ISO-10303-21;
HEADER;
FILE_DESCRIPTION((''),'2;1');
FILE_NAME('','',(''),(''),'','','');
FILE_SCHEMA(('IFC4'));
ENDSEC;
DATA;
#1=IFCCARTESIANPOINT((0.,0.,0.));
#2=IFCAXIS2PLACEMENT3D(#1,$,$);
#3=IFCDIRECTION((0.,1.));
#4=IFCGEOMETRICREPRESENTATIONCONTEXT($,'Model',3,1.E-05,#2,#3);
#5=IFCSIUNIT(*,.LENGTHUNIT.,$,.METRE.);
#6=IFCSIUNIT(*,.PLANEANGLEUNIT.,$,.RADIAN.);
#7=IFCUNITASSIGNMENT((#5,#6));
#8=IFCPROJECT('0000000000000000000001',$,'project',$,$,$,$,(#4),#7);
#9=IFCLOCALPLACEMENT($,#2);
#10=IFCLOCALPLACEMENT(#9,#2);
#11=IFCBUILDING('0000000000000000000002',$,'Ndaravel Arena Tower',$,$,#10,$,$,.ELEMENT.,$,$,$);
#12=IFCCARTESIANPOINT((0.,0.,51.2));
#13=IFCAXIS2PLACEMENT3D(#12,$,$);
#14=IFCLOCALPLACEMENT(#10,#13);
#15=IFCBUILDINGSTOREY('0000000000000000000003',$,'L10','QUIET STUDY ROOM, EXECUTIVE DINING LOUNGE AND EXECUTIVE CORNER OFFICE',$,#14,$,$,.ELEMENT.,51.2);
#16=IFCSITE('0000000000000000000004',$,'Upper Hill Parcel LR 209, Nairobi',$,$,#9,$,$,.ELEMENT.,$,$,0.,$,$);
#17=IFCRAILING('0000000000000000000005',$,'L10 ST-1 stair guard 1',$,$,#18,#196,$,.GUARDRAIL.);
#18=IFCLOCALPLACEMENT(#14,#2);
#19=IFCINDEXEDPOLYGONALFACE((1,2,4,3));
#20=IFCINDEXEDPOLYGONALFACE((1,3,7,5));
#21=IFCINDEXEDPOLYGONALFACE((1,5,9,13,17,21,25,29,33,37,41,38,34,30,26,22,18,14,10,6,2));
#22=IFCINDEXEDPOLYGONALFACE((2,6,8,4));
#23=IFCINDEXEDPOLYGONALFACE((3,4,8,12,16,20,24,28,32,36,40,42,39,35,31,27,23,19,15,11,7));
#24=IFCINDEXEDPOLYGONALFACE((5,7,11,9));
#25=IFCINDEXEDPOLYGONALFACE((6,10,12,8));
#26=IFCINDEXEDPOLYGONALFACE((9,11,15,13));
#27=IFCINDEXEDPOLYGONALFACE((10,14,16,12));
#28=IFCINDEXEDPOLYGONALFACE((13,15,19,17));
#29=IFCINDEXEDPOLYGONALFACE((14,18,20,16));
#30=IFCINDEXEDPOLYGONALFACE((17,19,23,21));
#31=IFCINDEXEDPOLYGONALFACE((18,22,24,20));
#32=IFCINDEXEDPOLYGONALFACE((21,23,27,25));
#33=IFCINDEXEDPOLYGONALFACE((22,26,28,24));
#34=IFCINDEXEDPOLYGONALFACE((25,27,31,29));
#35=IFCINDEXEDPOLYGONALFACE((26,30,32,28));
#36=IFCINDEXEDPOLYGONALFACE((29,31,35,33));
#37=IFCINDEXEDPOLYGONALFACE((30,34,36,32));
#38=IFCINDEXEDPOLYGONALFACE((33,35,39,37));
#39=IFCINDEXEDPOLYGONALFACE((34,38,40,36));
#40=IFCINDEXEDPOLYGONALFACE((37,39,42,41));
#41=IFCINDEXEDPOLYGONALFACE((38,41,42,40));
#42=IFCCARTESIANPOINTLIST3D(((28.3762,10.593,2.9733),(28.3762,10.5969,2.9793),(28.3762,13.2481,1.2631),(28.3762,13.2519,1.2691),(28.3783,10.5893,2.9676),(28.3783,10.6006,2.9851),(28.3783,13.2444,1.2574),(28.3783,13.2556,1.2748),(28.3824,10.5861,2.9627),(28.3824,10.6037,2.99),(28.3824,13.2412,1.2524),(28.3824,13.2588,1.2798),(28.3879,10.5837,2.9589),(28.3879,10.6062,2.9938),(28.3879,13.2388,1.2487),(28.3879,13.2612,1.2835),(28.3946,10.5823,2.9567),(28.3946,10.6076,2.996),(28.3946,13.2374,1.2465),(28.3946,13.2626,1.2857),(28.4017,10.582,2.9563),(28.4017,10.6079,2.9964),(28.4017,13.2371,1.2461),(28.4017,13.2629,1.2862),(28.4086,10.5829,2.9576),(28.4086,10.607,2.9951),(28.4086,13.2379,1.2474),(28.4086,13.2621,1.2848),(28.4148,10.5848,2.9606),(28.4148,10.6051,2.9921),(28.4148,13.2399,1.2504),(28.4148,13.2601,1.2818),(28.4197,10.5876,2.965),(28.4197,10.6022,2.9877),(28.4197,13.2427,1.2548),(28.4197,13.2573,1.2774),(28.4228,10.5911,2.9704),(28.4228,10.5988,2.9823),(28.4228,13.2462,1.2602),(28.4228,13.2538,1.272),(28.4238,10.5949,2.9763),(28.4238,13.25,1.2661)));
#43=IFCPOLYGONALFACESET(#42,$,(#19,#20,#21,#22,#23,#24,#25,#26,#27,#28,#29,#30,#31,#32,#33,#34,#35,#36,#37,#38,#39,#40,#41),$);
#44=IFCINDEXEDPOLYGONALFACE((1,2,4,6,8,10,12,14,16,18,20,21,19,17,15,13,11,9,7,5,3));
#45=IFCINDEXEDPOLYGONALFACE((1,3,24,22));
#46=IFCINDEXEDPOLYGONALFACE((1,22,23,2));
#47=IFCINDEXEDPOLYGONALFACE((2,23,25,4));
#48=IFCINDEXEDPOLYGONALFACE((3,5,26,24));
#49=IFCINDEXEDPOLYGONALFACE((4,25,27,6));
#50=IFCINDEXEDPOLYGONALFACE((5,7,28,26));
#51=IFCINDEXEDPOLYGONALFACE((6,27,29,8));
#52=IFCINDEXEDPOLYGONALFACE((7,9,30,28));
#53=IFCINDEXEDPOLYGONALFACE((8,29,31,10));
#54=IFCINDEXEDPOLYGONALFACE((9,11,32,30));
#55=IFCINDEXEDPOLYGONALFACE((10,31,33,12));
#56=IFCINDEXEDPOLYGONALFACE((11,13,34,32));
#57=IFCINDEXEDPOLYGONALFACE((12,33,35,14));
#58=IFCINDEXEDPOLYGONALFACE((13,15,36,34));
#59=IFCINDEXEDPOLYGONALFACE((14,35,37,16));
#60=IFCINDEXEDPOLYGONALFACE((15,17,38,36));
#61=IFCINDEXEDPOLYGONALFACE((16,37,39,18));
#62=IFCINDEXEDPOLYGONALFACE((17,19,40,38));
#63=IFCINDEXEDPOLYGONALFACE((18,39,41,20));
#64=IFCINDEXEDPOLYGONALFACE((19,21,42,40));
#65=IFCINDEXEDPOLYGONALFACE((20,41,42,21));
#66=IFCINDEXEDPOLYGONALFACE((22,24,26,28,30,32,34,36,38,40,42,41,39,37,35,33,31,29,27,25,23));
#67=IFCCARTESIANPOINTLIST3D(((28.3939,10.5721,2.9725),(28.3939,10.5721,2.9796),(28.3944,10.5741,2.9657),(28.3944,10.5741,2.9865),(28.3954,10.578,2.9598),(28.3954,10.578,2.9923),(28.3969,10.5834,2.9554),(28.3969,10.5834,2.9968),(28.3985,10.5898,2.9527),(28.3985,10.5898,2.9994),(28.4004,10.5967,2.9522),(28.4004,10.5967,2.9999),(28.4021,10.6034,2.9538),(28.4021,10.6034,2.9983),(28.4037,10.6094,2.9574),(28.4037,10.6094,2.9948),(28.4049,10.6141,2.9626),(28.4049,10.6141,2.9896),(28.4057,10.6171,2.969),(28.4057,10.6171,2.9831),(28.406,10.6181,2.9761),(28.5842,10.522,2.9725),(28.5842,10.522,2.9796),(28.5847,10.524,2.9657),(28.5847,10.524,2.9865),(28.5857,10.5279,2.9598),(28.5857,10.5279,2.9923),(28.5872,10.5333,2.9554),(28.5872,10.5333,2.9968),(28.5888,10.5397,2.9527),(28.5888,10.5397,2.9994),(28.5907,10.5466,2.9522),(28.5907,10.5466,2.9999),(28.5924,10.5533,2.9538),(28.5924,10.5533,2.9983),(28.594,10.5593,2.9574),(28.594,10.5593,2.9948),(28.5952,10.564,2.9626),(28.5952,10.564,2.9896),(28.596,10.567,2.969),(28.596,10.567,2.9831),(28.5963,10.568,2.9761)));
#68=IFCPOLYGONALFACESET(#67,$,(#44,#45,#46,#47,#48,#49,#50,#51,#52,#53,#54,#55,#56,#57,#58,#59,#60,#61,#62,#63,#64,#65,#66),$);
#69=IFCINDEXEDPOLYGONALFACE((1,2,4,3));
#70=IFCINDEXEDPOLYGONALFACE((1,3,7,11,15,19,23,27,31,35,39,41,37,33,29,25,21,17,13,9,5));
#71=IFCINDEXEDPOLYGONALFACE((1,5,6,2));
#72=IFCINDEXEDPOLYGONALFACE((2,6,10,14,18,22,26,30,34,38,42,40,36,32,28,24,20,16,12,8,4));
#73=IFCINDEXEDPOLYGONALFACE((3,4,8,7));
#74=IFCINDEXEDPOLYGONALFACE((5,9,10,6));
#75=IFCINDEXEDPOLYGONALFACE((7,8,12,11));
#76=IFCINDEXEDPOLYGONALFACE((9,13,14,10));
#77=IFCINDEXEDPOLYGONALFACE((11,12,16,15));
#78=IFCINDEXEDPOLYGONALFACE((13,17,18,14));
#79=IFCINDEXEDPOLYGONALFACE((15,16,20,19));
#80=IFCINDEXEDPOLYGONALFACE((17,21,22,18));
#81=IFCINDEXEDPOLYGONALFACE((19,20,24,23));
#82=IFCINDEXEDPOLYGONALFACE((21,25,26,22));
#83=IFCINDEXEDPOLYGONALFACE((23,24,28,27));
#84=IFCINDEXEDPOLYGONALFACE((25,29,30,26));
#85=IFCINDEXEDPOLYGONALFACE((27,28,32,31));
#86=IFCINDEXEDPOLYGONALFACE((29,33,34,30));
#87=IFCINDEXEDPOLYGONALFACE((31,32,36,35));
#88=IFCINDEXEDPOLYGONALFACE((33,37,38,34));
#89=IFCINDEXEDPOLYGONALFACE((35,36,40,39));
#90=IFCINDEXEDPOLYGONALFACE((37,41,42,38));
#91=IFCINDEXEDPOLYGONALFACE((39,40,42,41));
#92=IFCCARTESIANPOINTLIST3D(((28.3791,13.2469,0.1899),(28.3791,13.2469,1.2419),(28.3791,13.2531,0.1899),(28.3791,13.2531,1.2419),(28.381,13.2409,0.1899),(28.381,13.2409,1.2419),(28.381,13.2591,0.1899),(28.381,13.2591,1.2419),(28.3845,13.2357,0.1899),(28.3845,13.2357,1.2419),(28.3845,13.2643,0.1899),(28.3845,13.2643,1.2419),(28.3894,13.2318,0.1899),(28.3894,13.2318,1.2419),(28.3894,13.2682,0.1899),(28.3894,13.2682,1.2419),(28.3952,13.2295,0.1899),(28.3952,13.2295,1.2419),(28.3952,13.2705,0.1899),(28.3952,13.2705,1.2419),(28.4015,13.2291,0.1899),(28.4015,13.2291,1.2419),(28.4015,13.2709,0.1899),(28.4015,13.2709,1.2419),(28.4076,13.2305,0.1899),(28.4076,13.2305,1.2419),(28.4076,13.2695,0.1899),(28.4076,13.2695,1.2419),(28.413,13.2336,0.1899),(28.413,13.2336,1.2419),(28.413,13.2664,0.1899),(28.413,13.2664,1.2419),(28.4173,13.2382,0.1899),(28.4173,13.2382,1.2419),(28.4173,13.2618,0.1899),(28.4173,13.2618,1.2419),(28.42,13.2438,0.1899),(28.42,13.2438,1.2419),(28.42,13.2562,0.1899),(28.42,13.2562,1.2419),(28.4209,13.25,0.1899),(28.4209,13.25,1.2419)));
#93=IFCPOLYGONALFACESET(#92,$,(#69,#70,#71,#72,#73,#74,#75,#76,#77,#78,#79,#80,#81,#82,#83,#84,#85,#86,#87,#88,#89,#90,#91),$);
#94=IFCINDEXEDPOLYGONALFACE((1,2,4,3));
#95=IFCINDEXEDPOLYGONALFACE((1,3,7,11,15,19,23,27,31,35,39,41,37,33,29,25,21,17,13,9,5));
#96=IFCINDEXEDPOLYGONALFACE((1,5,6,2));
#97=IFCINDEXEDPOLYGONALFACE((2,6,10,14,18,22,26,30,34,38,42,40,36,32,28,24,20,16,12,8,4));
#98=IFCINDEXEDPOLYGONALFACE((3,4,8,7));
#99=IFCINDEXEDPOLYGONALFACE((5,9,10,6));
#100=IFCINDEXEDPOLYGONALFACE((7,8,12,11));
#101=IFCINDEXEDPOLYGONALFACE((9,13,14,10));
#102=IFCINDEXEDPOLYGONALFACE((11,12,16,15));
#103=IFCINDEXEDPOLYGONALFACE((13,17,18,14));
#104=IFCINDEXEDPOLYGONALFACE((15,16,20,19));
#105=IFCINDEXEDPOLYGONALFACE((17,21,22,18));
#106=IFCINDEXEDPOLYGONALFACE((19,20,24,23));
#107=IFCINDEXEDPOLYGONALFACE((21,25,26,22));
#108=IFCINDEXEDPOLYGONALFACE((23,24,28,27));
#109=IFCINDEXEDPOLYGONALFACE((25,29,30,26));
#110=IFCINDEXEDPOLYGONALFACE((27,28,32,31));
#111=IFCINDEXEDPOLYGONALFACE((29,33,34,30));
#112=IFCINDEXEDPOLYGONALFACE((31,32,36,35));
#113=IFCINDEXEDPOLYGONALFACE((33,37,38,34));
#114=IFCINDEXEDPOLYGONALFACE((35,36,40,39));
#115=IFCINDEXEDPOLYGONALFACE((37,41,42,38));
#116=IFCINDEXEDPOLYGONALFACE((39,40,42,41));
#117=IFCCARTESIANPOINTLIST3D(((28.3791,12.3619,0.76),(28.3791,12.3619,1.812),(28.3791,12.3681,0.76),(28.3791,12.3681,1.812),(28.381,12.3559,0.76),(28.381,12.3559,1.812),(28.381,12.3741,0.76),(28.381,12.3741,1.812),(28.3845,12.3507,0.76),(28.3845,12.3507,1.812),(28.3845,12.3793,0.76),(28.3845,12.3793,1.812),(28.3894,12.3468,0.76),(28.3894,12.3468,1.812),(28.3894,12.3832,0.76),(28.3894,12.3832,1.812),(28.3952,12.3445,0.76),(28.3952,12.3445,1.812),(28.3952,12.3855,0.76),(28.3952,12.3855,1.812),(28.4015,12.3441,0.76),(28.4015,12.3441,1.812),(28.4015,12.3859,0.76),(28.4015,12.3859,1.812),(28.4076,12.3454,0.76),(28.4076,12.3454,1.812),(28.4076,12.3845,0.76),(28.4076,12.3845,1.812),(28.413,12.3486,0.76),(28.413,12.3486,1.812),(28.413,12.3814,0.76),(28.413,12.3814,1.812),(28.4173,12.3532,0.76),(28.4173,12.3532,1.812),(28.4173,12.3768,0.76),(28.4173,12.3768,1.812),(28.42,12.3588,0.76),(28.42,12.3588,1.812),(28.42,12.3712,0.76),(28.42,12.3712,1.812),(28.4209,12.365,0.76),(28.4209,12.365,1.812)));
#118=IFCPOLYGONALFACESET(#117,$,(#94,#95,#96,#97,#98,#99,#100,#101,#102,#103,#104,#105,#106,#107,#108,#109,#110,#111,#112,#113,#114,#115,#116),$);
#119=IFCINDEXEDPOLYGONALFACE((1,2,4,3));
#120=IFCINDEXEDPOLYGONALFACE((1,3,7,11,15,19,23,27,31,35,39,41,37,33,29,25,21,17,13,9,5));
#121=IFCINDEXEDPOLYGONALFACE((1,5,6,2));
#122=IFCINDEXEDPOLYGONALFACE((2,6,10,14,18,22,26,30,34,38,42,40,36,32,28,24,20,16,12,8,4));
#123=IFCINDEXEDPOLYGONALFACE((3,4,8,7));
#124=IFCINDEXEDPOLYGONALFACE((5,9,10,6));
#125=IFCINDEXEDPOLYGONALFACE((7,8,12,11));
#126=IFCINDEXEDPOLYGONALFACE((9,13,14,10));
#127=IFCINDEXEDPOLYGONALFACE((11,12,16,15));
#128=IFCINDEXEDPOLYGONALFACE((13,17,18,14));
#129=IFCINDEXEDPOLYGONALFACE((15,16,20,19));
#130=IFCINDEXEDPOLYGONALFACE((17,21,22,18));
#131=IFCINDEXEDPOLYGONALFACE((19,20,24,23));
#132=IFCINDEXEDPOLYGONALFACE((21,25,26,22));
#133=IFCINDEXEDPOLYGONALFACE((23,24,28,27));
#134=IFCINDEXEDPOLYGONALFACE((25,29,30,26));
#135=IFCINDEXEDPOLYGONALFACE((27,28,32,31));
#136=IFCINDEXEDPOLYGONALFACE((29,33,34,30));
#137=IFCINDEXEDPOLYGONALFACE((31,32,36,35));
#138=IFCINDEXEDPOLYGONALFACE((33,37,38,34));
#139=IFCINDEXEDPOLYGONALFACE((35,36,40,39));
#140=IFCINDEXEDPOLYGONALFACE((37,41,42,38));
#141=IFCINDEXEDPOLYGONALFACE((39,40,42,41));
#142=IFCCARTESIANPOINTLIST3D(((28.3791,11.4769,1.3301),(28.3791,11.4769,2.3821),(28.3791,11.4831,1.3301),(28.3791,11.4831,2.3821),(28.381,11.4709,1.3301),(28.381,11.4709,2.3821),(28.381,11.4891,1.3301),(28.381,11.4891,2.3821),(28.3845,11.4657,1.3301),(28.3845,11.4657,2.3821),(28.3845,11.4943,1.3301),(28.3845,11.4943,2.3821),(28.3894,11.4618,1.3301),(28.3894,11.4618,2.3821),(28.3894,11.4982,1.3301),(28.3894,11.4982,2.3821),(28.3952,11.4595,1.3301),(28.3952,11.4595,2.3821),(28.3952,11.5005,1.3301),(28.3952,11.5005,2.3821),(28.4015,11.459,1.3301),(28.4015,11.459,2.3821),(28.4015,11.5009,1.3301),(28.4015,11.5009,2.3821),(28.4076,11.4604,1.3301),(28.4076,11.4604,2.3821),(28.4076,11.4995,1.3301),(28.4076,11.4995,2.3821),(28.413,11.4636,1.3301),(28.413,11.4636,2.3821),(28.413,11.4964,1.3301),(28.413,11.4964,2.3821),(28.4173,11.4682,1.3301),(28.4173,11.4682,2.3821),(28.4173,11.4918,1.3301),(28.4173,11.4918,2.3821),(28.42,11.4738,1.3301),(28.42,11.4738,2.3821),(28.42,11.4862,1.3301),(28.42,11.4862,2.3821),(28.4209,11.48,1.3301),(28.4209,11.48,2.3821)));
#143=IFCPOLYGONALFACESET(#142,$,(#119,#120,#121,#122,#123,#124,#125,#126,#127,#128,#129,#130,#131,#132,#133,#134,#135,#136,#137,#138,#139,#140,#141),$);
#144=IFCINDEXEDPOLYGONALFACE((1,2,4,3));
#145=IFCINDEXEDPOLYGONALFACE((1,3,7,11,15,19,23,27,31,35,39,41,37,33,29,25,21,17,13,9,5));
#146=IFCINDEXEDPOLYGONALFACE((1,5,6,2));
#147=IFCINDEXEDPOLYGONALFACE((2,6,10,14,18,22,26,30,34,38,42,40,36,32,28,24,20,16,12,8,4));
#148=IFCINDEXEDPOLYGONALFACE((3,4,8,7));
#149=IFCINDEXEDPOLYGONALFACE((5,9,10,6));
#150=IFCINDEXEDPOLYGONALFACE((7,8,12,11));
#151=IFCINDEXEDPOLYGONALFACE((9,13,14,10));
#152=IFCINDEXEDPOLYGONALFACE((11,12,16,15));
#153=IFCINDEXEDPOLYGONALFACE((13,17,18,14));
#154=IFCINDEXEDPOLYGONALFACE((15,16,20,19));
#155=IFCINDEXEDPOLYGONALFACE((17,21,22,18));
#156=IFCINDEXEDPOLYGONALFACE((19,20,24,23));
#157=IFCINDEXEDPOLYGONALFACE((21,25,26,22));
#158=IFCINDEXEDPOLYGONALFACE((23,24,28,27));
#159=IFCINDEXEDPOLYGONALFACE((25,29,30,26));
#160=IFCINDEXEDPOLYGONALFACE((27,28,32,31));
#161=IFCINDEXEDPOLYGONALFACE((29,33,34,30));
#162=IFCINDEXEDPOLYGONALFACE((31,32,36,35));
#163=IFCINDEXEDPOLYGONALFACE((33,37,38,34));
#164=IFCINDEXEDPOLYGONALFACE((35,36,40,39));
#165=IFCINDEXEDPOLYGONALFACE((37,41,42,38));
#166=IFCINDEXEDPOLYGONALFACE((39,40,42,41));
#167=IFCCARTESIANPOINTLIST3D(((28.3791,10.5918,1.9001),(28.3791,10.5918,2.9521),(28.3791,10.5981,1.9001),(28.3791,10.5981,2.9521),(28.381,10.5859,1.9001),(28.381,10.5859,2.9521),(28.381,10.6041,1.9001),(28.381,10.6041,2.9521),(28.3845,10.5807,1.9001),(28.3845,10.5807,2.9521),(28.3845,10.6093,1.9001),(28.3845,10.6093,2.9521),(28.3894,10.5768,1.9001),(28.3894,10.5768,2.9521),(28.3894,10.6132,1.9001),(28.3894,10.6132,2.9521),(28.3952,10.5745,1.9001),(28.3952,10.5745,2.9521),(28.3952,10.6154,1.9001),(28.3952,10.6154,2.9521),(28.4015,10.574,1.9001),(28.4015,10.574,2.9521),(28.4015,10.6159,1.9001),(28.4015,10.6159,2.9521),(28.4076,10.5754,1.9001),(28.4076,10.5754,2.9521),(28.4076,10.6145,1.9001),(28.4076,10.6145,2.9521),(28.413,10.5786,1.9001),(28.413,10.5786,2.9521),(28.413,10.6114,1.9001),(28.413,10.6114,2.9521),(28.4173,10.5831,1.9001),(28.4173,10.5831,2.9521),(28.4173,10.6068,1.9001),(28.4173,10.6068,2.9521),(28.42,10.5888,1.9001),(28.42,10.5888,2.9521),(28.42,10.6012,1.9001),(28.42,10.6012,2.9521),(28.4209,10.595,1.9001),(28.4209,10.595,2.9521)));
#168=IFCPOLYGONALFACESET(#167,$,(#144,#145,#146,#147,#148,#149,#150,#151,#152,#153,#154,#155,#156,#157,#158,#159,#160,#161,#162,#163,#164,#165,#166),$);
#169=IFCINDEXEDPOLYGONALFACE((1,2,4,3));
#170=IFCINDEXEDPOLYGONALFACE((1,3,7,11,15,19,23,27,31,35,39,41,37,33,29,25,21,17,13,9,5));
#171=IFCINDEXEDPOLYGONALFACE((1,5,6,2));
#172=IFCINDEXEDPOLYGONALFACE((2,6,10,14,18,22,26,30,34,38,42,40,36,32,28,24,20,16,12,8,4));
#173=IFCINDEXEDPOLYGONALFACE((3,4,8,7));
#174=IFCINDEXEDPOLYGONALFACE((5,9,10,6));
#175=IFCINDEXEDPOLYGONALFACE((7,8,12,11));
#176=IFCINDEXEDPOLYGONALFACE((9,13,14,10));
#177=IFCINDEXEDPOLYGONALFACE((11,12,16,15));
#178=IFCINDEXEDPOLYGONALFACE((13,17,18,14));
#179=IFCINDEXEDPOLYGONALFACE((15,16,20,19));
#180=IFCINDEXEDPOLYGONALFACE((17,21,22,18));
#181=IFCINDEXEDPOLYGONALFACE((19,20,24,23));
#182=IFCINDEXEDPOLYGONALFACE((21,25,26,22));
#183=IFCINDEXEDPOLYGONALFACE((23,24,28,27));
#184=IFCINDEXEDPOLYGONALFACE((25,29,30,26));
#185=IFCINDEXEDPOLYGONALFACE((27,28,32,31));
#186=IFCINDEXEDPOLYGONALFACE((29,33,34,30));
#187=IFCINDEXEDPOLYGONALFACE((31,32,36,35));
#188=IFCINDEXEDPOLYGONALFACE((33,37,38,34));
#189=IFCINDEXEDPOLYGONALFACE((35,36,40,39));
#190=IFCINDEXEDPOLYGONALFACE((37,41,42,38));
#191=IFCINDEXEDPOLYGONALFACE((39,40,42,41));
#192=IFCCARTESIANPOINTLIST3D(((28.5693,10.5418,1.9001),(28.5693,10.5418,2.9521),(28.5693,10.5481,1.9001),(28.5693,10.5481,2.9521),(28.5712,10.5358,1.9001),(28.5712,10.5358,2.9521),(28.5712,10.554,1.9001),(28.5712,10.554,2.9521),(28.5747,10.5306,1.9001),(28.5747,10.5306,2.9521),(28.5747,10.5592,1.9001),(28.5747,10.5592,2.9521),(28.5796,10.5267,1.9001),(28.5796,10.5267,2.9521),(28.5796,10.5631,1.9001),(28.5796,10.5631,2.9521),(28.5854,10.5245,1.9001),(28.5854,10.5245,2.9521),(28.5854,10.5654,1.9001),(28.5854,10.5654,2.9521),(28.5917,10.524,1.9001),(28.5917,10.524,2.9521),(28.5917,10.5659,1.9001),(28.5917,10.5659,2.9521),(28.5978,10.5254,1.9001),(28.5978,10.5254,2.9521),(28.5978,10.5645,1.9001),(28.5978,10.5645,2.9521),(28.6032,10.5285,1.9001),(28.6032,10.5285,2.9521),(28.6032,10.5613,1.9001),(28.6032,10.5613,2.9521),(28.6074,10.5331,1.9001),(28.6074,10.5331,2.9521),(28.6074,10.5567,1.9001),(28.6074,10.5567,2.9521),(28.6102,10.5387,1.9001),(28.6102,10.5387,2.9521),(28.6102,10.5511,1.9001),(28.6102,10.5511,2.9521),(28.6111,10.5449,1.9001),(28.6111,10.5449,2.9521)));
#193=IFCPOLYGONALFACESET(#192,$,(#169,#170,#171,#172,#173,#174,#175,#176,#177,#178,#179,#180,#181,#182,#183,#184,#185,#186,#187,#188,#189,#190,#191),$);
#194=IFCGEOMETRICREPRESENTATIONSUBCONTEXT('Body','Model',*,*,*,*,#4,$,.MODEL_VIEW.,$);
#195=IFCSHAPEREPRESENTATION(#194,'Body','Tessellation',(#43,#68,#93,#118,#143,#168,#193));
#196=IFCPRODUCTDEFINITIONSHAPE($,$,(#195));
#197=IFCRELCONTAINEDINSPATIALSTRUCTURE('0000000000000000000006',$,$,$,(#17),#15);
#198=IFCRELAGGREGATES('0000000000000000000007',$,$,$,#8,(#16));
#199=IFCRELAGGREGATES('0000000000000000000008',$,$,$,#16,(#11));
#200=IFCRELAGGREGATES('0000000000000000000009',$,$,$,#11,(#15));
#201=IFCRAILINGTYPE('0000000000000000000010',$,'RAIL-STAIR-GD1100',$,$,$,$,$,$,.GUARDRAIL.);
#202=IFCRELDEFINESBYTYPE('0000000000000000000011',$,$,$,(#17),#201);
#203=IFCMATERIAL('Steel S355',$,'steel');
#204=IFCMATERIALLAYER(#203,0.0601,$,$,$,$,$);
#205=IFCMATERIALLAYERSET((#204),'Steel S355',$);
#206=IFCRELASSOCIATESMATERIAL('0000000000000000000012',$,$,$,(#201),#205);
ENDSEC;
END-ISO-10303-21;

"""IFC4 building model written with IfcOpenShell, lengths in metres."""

from ifc_helpers import new_model, si_unit, direction, frame, origin, origin_2d, place, context, subcontext, project, spatial, circle, extrude, material, layer, layer_set, type_object, element, save


model = new_model("IFC4")

# Units and contexts
model_context = context("Model", 3, precision=1e-05, world=origin(), true_north=direction((0.0, 1.0)))
body_context = subcontext(model_context, "Body", "Model", "MODEL_VIEW")
ifc_project = project(units=[si_unit("LENGTHUNIT", "METRE"), si_unit("PLANEANGLEUNIT", "RADIAN")], contexts=[model_context])

# Site, building, storey
site_placement = place(None, origin())
site = spatial("IfcSite", under=ifc_project, at=site_placement, Name="Upper Hill Parcel LR 209, Nairobi", CompositionType="ELEMENT", RefElevation=0.0)
building_placement = place(site_placement, origin())
building = spatial("IfcBuilding", under=site, at=building_placement, Name="Ndaravel Arena Tower", CompositionType="ELEMENT")
storey_placement = place(building_placement, frame((0.0, 0.0, 51.2)))
storey = spatial("IfcBuildingStorey", under=building, at=storey_placement, Name="L10", Description="QUIET STUDY ROOM, EXECUTIVE DINING LOUNGE AND EXECUTIVE CORNER OFFICE", CompositionType="ELEMENT", Elevation=51.2)

# Railing
ifc_material_1 = material(Name="Steel S355", Category="steel")
ifc_layer_1 = layer(ifc_material_1, 0.0601)
ifc_layer_set_1 = layer_set([ifc_layer_1], Name="Steel S355")
railing_type_1 = type_object("IfcRailingType", Name="RAIL-STAIR-GD1100", PredefinedType="GUARDRAIL", material=ifc_layer_set_1)
railing_1_placement = place(storey_placement, frame((28.3999, 13.25, 0.1899)))
element("IfcRailing", 1, at=railing_1_placement, inside=storey, type_object=railing_type_1, Name="L10 ST-1 stair guard 1", PredefinedType="GUARDRAIL", context=body_context, shape_type="SweptSolid", body=[
    extrude(circle(Radius=0.0239, at=origin_2d()), frame((0.0, 0.0, 1.0762), z_axis=(0.0, -0.840688, 0.541519), x_axis=(1.0, 0.0, 0.0)), (0.0, 0.0, 1.0), 3.1582),
    extrude(circle(Radius=0.0239, at=origin_2d()), frame((0.0, -2.655, 2.7861), z_axis=(0.967075, -0.254493, 0.0), x_axis=(0.254493, 0.967075, 0.0)), (0.0, 0.0, 1.0), 0.1968),
    extrude(circle(Radius=0.021, at=origin_2d()), origin(), (0.0, 0.0, 1.0), 1.052),
    extrude(circle(Radius=0.021, at=origin_2d()), frame((0.0, -0.885, 0.5701)), (0.0, 0.0, 1.0), 1.052),
    extrude(circle(Radius=0.021, at=origin_2d()), frame((0.0, -1.77, 1.1401)), (0.0, 0.0, 1.0), 1.052),
    extrude(circle(Radius=0.021, at=origin_2d()), frame((0.0, -2.655, 1.7102)), (0.0, 0.0, 1.0), 1.052),
    extrude(circle(Radius=0.021, at=origin_2d()), frame((0.1902, -2.7051, 1.7102)), (0.0, 0.0, 1.0), 1.052),
])

save(model, "model.ifc")
